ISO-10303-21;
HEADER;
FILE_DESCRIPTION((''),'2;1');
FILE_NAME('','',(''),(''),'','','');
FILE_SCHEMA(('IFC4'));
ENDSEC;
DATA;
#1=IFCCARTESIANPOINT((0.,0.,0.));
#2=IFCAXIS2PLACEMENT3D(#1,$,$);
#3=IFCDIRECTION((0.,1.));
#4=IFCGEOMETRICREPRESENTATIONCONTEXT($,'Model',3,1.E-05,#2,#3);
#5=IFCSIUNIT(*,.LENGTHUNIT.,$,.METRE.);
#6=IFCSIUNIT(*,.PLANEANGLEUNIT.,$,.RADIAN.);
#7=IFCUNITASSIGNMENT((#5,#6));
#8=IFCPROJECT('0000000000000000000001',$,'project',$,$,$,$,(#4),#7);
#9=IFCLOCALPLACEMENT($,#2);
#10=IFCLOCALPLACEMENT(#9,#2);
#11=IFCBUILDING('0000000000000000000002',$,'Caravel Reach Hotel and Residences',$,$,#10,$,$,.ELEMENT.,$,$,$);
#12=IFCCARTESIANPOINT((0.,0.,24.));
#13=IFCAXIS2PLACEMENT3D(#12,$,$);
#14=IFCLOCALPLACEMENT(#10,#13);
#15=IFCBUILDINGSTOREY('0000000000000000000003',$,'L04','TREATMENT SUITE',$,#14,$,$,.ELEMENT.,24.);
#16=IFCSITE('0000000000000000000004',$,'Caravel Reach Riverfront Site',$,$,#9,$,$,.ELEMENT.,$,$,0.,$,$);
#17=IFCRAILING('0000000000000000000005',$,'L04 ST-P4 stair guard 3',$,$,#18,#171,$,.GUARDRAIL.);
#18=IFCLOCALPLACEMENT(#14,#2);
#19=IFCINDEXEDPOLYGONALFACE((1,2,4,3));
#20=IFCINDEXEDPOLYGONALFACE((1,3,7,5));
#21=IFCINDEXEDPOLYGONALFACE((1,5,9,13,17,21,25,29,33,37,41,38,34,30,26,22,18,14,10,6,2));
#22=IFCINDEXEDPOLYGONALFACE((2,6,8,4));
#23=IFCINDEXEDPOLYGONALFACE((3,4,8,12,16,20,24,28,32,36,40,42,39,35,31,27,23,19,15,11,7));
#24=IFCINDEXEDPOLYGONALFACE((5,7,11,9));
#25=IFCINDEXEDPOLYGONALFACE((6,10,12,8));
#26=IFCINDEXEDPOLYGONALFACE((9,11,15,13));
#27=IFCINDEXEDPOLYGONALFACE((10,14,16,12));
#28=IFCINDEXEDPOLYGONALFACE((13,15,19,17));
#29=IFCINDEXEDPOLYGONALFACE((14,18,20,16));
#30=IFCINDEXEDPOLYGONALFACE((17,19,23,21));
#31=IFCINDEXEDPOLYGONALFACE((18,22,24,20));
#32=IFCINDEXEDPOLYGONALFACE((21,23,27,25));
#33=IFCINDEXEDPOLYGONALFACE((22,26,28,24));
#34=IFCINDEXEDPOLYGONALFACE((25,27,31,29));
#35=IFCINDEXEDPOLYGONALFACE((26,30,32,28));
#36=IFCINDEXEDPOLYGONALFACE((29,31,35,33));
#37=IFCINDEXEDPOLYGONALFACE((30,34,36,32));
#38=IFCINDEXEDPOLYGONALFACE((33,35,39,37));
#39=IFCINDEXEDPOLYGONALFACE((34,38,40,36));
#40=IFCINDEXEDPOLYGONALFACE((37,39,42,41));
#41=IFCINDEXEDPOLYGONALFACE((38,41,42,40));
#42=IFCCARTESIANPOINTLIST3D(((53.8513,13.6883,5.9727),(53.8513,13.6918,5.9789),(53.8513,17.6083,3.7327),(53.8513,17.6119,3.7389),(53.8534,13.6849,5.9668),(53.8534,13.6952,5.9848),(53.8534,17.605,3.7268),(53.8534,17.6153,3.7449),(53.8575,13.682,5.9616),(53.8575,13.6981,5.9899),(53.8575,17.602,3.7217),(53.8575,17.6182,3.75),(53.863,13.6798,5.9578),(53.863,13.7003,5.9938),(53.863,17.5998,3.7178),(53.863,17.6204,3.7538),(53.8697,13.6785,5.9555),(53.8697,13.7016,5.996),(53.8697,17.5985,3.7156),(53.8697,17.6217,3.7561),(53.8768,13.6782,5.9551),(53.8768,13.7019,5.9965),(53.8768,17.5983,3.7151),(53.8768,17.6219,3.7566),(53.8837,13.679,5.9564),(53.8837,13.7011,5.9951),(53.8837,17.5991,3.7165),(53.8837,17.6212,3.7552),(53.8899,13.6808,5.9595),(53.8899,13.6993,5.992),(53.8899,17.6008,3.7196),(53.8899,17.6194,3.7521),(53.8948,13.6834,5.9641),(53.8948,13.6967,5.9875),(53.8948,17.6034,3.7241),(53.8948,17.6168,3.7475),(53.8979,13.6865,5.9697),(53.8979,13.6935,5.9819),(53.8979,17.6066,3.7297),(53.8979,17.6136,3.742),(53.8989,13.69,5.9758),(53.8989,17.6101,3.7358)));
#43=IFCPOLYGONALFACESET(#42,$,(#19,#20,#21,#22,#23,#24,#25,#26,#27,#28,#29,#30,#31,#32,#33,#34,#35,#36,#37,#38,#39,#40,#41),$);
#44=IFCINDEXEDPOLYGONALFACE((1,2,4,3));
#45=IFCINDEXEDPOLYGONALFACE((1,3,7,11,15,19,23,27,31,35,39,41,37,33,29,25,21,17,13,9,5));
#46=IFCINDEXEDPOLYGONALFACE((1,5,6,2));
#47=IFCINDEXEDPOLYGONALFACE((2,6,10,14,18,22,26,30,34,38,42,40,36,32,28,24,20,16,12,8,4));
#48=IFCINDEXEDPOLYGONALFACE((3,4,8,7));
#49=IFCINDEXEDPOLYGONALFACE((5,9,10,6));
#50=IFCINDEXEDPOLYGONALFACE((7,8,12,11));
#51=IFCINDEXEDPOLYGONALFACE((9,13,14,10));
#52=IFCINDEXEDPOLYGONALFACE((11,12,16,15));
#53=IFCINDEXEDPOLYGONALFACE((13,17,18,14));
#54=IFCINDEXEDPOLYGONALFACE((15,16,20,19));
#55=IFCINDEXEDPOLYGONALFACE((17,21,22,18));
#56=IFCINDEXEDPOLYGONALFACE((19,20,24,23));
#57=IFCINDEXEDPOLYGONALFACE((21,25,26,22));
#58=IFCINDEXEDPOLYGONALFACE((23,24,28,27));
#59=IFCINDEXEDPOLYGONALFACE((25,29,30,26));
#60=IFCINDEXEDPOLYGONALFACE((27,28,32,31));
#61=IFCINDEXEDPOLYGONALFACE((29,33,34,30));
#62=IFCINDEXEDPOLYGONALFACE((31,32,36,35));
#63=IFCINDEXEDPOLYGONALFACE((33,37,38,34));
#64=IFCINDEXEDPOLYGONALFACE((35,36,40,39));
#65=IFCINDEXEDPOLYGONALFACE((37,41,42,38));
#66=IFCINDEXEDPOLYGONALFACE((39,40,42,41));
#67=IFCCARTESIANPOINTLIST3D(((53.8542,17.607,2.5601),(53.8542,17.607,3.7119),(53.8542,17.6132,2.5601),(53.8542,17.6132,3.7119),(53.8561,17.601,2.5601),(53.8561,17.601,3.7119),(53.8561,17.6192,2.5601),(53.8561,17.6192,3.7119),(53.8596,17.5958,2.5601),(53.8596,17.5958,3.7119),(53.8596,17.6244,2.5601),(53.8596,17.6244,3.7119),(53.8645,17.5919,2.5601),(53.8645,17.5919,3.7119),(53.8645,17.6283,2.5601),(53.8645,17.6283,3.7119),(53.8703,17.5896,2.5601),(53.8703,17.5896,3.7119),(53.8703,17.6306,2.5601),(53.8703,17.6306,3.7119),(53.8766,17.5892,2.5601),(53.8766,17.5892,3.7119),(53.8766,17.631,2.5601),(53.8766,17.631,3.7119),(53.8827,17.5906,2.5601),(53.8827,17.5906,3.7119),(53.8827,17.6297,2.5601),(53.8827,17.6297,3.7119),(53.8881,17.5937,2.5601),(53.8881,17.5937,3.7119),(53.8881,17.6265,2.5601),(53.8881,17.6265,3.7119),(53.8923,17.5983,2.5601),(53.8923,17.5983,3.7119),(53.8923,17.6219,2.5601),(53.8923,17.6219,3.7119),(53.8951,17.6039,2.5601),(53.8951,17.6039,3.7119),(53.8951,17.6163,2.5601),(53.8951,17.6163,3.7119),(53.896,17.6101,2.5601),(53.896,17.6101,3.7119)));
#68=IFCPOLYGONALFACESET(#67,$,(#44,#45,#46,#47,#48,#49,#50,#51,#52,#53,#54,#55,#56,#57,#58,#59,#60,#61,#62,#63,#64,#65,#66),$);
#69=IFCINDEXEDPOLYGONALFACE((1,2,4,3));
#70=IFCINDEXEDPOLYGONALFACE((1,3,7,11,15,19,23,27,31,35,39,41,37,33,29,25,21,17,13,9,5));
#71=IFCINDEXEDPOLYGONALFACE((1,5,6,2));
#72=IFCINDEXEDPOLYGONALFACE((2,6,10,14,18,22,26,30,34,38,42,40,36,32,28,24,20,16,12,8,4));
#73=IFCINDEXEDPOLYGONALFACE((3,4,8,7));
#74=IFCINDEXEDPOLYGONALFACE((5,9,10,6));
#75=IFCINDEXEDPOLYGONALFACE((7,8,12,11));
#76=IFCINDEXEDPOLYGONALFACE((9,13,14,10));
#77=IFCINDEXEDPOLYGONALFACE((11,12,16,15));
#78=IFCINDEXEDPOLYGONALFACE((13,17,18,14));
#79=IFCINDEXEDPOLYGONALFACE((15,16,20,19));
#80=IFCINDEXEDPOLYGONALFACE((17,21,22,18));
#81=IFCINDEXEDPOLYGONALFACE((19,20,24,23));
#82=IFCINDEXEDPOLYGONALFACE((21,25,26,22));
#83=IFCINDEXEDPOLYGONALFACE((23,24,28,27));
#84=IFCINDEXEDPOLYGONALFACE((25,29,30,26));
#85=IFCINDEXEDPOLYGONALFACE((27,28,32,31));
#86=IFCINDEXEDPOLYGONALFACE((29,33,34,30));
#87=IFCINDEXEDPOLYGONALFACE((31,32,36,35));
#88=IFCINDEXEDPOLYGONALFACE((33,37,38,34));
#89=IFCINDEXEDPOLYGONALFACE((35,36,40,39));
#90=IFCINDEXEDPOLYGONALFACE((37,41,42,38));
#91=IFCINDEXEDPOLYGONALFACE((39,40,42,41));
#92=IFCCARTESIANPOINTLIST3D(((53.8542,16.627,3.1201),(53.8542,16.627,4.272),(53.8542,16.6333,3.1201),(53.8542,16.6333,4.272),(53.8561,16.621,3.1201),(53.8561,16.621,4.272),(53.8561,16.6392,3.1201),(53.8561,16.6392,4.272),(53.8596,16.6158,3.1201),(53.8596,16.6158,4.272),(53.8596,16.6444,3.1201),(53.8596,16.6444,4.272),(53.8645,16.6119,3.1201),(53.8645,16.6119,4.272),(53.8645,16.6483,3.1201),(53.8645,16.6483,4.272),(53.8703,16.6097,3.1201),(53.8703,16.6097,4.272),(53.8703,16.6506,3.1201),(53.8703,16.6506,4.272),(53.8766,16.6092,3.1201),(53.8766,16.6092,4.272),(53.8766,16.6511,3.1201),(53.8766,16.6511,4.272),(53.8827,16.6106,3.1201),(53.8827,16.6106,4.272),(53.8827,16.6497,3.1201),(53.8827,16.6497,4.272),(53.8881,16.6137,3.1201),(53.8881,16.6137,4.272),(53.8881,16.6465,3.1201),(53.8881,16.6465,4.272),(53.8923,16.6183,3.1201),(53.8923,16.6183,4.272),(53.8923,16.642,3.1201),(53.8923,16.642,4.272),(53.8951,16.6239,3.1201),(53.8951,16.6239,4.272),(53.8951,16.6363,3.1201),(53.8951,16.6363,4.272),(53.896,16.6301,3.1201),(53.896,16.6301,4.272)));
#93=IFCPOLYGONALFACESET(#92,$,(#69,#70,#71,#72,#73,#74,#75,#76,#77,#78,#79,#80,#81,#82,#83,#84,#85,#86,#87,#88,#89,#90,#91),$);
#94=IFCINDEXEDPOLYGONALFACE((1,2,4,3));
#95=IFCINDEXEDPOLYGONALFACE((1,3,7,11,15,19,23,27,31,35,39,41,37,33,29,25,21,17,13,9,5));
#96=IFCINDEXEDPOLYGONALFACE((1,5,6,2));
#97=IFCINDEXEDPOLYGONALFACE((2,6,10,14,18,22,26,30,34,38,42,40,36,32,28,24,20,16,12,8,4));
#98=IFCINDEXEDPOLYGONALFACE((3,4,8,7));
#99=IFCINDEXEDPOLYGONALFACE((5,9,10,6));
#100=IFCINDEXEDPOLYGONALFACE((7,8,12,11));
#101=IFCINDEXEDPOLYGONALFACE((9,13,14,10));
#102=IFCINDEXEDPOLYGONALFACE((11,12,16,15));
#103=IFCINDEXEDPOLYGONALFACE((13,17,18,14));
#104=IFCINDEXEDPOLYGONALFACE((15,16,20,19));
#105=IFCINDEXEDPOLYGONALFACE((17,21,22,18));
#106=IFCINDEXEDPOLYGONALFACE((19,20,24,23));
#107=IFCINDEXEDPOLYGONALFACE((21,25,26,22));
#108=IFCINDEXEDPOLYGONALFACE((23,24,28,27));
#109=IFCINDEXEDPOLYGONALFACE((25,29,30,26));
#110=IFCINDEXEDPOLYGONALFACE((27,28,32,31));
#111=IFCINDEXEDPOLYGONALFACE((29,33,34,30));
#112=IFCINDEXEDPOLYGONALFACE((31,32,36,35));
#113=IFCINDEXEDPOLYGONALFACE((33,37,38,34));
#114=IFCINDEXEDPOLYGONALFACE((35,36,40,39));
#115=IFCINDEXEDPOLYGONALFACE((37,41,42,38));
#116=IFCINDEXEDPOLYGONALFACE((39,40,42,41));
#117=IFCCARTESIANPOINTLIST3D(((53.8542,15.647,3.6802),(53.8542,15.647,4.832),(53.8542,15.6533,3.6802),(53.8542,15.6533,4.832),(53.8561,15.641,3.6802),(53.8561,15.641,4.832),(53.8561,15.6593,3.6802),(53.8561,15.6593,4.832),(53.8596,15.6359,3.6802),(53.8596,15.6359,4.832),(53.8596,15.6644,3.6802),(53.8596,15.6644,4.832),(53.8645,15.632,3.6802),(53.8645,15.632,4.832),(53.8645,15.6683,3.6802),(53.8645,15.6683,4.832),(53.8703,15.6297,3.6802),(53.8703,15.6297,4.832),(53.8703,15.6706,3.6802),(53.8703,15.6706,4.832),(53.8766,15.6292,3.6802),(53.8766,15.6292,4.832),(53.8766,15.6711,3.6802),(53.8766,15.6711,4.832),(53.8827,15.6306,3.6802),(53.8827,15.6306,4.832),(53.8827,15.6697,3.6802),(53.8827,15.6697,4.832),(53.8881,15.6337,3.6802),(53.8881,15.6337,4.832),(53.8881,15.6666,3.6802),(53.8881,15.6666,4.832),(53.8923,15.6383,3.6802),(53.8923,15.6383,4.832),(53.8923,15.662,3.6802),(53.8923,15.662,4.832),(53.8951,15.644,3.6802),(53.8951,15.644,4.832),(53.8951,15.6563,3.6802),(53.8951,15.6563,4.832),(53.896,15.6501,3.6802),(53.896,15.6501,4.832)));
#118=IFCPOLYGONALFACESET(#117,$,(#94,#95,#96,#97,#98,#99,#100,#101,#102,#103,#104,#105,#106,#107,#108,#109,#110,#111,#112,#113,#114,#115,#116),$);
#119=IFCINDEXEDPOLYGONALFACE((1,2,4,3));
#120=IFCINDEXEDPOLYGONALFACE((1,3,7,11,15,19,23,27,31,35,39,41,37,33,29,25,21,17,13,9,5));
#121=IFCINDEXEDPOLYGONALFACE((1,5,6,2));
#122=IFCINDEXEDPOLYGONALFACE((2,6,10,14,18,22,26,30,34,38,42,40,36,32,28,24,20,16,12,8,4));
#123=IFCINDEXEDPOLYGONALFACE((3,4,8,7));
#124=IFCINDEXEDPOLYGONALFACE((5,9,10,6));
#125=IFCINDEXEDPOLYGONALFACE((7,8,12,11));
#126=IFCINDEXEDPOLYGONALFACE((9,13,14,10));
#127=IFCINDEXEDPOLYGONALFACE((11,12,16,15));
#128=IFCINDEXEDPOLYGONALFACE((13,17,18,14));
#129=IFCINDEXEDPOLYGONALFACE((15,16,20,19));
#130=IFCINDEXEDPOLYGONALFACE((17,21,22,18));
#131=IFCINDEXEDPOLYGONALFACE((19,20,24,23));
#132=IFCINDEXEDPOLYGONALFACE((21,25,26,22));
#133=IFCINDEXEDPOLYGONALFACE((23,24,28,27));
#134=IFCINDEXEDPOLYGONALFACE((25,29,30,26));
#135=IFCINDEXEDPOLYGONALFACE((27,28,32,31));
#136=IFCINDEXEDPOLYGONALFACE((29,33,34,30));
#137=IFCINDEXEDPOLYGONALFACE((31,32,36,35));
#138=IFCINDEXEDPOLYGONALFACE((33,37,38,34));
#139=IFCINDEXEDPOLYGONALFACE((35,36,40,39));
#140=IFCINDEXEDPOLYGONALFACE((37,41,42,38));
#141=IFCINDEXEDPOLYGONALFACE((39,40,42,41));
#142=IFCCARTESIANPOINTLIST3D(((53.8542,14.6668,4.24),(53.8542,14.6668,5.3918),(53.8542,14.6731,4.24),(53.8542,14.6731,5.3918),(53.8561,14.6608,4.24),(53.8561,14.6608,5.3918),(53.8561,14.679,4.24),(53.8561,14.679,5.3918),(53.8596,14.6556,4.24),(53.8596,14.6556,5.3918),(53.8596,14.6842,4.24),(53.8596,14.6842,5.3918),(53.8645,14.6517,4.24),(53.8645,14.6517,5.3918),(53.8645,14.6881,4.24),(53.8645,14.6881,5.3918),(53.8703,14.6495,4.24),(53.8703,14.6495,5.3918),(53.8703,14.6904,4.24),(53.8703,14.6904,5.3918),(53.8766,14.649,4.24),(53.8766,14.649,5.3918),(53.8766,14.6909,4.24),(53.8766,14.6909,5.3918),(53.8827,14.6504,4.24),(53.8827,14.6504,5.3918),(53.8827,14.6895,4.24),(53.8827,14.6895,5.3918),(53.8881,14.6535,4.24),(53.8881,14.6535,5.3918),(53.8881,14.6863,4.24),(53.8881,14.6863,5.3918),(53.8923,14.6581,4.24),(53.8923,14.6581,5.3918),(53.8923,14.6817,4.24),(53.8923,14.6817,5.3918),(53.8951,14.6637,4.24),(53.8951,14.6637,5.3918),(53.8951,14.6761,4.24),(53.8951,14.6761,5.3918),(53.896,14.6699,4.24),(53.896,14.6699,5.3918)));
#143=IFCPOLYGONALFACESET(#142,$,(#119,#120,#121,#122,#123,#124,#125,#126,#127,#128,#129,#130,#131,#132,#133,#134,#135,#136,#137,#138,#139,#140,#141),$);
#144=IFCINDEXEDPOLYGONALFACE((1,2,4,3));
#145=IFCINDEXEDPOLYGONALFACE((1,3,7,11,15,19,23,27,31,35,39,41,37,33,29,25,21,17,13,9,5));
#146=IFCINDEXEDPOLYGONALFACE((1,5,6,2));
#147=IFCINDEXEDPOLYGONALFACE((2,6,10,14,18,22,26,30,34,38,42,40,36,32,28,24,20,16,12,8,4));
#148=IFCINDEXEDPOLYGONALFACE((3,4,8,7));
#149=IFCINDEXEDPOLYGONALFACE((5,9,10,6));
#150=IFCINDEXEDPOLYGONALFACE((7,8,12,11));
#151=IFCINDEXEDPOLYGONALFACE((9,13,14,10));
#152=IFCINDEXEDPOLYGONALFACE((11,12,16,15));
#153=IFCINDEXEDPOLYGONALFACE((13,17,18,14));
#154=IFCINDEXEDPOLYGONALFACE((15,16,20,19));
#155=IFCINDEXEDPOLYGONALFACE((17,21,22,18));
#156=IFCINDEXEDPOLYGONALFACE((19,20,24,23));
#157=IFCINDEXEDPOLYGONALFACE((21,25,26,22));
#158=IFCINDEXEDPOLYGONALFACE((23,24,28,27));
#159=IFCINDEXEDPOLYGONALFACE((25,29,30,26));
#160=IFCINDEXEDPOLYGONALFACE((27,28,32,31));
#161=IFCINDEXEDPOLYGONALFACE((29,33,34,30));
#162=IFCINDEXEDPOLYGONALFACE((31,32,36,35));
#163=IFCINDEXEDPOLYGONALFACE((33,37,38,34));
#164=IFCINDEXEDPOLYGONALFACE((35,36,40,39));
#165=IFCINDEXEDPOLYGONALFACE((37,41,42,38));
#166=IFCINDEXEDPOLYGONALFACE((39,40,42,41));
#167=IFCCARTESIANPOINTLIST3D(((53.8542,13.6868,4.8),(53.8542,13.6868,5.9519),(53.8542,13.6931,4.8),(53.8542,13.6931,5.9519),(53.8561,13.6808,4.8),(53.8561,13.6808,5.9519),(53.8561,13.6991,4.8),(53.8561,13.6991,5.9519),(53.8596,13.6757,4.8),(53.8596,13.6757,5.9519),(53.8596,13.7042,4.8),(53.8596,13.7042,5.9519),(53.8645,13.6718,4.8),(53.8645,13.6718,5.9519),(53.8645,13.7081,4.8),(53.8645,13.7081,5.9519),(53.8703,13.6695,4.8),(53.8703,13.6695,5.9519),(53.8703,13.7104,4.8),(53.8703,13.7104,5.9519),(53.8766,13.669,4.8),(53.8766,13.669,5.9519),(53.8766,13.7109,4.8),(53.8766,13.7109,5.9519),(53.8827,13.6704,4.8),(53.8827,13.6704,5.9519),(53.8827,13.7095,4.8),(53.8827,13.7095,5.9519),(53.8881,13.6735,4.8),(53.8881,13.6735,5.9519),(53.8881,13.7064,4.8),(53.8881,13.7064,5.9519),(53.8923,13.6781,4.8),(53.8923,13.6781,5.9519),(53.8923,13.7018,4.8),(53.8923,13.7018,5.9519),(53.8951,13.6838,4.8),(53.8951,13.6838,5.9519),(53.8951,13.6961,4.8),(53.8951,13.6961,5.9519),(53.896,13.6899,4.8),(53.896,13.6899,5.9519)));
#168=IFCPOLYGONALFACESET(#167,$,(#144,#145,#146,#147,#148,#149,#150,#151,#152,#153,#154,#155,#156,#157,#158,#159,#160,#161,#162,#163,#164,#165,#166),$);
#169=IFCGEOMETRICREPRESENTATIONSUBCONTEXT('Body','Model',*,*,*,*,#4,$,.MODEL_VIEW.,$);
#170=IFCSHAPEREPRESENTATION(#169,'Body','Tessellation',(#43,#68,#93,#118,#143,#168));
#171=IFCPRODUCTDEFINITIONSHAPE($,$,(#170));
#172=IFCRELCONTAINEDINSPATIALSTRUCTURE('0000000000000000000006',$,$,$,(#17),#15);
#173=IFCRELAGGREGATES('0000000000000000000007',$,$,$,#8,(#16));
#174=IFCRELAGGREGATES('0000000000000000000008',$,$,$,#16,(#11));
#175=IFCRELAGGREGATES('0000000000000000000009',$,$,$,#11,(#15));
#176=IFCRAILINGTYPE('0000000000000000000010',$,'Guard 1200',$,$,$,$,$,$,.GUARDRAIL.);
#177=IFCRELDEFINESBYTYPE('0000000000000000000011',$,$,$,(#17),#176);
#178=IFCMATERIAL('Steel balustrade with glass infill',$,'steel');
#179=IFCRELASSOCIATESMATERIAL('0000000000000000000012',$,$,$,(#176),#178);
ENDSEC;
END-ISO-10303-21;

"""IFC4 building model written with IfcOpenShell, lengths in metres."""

from ifc_helpers import new_model, si_unit, direction, frame, origin, origin_2d, place, context, subcontext, project, spatial, circle, extrude, material, type_object, element, save


model = new_model("IFC4")

# Units and contexts
model_context = context("Model", 3, precision=1e-05, world=origin(), true_north=direction((0.0, 1.0)))
body_context = subcontext(model_context, "Body", "Model", "MODEL_VIEW")
ifc_project = project(units=[si_unit("LENGTHUNIT", "METRE"), si_unit("PLANEANGLEUNIT", "RADIAN")], contexts=[model_context])

# Site, building, storey
site_placement = place(None, origin())
site = spatial("IfcSite", under=ifc_project, at=site_placement, Name="Caravel Reach Riverfront Site", CompositionType="ELEMENT", RefElevation=0.0)
building_placement = place(site_placement, origin())
building = spatial("IfcBuilding", under=site, at=building_placement, Name="Caravel Reach Hotel and Residences", CompositionType="ELEMENT")
storey_placement = place(building_placement, frame((0.0, 0.0, 24.0)))
storey = spatial("IfcBuildingStorey", under=building, at=storey_placement, Name="L04", Description="TREATMENT SUITE", CompositionType="ELEMENT", Elevation=24.0)

# Railing
ifc_material_1 = material(Name="Steel balustrade with glass infill", Category="steel")
railing_type_1 = type_object("IfcRailingType", Name="Guard 1200", PredefinedType="GUARDRAIL", material=ifc_material_1)
railing_1_placement = place(storey_placement, frame((53.875, 17.6101, 2.5601)))
element("IfcRailing", 1, at=railing_1_placement, inside=storey, type_object=railing_type_1, Name="L04 ST-P4 stair guard 3", PredefinedType="GUARDRAIL", context=body_context, shape_type="SweptSolid", body=[
    extrude(circle(Radius=0.0239, at=origin_2d()), frame((0.0, 0.0, 1.1758), z_axis=(0.0, -0.868253, 0.496121), x_axis=(1.0, 0.0, 0.0)), (0.0, 0.0, 1.0), 4.5149),
    extrude(circle(Radius=0.021, at=origin_2d()), origin(), (0.0, 0.0, 1.0), 1.1519),
    extrude(circle(Radius=0.021, at=origin_2d()), frame((0.0, -0.98, 0.5601)), (0.0, 0.0, 1.0), 1.1519),
    extrude(circle(Radius=0.021, at=origin_2d()), frame((0.0, -1.96, 1.1201)), (0.0, 0.0, 1.0), 1.1519),
    extrude(circle(Radius=0.021, at=origin_2d()), frame((0.0, -2.9402, 1.6799)), (0.0, 0.0, 1.0), 1.1519),
    extrude(circle(Radius=0.021, at=origin_2d()), frame((0.0, -3.9202, 2.24)), (0.0, 0.0, 1.0), 1.1519),
])

save(model, "model.ifc")
